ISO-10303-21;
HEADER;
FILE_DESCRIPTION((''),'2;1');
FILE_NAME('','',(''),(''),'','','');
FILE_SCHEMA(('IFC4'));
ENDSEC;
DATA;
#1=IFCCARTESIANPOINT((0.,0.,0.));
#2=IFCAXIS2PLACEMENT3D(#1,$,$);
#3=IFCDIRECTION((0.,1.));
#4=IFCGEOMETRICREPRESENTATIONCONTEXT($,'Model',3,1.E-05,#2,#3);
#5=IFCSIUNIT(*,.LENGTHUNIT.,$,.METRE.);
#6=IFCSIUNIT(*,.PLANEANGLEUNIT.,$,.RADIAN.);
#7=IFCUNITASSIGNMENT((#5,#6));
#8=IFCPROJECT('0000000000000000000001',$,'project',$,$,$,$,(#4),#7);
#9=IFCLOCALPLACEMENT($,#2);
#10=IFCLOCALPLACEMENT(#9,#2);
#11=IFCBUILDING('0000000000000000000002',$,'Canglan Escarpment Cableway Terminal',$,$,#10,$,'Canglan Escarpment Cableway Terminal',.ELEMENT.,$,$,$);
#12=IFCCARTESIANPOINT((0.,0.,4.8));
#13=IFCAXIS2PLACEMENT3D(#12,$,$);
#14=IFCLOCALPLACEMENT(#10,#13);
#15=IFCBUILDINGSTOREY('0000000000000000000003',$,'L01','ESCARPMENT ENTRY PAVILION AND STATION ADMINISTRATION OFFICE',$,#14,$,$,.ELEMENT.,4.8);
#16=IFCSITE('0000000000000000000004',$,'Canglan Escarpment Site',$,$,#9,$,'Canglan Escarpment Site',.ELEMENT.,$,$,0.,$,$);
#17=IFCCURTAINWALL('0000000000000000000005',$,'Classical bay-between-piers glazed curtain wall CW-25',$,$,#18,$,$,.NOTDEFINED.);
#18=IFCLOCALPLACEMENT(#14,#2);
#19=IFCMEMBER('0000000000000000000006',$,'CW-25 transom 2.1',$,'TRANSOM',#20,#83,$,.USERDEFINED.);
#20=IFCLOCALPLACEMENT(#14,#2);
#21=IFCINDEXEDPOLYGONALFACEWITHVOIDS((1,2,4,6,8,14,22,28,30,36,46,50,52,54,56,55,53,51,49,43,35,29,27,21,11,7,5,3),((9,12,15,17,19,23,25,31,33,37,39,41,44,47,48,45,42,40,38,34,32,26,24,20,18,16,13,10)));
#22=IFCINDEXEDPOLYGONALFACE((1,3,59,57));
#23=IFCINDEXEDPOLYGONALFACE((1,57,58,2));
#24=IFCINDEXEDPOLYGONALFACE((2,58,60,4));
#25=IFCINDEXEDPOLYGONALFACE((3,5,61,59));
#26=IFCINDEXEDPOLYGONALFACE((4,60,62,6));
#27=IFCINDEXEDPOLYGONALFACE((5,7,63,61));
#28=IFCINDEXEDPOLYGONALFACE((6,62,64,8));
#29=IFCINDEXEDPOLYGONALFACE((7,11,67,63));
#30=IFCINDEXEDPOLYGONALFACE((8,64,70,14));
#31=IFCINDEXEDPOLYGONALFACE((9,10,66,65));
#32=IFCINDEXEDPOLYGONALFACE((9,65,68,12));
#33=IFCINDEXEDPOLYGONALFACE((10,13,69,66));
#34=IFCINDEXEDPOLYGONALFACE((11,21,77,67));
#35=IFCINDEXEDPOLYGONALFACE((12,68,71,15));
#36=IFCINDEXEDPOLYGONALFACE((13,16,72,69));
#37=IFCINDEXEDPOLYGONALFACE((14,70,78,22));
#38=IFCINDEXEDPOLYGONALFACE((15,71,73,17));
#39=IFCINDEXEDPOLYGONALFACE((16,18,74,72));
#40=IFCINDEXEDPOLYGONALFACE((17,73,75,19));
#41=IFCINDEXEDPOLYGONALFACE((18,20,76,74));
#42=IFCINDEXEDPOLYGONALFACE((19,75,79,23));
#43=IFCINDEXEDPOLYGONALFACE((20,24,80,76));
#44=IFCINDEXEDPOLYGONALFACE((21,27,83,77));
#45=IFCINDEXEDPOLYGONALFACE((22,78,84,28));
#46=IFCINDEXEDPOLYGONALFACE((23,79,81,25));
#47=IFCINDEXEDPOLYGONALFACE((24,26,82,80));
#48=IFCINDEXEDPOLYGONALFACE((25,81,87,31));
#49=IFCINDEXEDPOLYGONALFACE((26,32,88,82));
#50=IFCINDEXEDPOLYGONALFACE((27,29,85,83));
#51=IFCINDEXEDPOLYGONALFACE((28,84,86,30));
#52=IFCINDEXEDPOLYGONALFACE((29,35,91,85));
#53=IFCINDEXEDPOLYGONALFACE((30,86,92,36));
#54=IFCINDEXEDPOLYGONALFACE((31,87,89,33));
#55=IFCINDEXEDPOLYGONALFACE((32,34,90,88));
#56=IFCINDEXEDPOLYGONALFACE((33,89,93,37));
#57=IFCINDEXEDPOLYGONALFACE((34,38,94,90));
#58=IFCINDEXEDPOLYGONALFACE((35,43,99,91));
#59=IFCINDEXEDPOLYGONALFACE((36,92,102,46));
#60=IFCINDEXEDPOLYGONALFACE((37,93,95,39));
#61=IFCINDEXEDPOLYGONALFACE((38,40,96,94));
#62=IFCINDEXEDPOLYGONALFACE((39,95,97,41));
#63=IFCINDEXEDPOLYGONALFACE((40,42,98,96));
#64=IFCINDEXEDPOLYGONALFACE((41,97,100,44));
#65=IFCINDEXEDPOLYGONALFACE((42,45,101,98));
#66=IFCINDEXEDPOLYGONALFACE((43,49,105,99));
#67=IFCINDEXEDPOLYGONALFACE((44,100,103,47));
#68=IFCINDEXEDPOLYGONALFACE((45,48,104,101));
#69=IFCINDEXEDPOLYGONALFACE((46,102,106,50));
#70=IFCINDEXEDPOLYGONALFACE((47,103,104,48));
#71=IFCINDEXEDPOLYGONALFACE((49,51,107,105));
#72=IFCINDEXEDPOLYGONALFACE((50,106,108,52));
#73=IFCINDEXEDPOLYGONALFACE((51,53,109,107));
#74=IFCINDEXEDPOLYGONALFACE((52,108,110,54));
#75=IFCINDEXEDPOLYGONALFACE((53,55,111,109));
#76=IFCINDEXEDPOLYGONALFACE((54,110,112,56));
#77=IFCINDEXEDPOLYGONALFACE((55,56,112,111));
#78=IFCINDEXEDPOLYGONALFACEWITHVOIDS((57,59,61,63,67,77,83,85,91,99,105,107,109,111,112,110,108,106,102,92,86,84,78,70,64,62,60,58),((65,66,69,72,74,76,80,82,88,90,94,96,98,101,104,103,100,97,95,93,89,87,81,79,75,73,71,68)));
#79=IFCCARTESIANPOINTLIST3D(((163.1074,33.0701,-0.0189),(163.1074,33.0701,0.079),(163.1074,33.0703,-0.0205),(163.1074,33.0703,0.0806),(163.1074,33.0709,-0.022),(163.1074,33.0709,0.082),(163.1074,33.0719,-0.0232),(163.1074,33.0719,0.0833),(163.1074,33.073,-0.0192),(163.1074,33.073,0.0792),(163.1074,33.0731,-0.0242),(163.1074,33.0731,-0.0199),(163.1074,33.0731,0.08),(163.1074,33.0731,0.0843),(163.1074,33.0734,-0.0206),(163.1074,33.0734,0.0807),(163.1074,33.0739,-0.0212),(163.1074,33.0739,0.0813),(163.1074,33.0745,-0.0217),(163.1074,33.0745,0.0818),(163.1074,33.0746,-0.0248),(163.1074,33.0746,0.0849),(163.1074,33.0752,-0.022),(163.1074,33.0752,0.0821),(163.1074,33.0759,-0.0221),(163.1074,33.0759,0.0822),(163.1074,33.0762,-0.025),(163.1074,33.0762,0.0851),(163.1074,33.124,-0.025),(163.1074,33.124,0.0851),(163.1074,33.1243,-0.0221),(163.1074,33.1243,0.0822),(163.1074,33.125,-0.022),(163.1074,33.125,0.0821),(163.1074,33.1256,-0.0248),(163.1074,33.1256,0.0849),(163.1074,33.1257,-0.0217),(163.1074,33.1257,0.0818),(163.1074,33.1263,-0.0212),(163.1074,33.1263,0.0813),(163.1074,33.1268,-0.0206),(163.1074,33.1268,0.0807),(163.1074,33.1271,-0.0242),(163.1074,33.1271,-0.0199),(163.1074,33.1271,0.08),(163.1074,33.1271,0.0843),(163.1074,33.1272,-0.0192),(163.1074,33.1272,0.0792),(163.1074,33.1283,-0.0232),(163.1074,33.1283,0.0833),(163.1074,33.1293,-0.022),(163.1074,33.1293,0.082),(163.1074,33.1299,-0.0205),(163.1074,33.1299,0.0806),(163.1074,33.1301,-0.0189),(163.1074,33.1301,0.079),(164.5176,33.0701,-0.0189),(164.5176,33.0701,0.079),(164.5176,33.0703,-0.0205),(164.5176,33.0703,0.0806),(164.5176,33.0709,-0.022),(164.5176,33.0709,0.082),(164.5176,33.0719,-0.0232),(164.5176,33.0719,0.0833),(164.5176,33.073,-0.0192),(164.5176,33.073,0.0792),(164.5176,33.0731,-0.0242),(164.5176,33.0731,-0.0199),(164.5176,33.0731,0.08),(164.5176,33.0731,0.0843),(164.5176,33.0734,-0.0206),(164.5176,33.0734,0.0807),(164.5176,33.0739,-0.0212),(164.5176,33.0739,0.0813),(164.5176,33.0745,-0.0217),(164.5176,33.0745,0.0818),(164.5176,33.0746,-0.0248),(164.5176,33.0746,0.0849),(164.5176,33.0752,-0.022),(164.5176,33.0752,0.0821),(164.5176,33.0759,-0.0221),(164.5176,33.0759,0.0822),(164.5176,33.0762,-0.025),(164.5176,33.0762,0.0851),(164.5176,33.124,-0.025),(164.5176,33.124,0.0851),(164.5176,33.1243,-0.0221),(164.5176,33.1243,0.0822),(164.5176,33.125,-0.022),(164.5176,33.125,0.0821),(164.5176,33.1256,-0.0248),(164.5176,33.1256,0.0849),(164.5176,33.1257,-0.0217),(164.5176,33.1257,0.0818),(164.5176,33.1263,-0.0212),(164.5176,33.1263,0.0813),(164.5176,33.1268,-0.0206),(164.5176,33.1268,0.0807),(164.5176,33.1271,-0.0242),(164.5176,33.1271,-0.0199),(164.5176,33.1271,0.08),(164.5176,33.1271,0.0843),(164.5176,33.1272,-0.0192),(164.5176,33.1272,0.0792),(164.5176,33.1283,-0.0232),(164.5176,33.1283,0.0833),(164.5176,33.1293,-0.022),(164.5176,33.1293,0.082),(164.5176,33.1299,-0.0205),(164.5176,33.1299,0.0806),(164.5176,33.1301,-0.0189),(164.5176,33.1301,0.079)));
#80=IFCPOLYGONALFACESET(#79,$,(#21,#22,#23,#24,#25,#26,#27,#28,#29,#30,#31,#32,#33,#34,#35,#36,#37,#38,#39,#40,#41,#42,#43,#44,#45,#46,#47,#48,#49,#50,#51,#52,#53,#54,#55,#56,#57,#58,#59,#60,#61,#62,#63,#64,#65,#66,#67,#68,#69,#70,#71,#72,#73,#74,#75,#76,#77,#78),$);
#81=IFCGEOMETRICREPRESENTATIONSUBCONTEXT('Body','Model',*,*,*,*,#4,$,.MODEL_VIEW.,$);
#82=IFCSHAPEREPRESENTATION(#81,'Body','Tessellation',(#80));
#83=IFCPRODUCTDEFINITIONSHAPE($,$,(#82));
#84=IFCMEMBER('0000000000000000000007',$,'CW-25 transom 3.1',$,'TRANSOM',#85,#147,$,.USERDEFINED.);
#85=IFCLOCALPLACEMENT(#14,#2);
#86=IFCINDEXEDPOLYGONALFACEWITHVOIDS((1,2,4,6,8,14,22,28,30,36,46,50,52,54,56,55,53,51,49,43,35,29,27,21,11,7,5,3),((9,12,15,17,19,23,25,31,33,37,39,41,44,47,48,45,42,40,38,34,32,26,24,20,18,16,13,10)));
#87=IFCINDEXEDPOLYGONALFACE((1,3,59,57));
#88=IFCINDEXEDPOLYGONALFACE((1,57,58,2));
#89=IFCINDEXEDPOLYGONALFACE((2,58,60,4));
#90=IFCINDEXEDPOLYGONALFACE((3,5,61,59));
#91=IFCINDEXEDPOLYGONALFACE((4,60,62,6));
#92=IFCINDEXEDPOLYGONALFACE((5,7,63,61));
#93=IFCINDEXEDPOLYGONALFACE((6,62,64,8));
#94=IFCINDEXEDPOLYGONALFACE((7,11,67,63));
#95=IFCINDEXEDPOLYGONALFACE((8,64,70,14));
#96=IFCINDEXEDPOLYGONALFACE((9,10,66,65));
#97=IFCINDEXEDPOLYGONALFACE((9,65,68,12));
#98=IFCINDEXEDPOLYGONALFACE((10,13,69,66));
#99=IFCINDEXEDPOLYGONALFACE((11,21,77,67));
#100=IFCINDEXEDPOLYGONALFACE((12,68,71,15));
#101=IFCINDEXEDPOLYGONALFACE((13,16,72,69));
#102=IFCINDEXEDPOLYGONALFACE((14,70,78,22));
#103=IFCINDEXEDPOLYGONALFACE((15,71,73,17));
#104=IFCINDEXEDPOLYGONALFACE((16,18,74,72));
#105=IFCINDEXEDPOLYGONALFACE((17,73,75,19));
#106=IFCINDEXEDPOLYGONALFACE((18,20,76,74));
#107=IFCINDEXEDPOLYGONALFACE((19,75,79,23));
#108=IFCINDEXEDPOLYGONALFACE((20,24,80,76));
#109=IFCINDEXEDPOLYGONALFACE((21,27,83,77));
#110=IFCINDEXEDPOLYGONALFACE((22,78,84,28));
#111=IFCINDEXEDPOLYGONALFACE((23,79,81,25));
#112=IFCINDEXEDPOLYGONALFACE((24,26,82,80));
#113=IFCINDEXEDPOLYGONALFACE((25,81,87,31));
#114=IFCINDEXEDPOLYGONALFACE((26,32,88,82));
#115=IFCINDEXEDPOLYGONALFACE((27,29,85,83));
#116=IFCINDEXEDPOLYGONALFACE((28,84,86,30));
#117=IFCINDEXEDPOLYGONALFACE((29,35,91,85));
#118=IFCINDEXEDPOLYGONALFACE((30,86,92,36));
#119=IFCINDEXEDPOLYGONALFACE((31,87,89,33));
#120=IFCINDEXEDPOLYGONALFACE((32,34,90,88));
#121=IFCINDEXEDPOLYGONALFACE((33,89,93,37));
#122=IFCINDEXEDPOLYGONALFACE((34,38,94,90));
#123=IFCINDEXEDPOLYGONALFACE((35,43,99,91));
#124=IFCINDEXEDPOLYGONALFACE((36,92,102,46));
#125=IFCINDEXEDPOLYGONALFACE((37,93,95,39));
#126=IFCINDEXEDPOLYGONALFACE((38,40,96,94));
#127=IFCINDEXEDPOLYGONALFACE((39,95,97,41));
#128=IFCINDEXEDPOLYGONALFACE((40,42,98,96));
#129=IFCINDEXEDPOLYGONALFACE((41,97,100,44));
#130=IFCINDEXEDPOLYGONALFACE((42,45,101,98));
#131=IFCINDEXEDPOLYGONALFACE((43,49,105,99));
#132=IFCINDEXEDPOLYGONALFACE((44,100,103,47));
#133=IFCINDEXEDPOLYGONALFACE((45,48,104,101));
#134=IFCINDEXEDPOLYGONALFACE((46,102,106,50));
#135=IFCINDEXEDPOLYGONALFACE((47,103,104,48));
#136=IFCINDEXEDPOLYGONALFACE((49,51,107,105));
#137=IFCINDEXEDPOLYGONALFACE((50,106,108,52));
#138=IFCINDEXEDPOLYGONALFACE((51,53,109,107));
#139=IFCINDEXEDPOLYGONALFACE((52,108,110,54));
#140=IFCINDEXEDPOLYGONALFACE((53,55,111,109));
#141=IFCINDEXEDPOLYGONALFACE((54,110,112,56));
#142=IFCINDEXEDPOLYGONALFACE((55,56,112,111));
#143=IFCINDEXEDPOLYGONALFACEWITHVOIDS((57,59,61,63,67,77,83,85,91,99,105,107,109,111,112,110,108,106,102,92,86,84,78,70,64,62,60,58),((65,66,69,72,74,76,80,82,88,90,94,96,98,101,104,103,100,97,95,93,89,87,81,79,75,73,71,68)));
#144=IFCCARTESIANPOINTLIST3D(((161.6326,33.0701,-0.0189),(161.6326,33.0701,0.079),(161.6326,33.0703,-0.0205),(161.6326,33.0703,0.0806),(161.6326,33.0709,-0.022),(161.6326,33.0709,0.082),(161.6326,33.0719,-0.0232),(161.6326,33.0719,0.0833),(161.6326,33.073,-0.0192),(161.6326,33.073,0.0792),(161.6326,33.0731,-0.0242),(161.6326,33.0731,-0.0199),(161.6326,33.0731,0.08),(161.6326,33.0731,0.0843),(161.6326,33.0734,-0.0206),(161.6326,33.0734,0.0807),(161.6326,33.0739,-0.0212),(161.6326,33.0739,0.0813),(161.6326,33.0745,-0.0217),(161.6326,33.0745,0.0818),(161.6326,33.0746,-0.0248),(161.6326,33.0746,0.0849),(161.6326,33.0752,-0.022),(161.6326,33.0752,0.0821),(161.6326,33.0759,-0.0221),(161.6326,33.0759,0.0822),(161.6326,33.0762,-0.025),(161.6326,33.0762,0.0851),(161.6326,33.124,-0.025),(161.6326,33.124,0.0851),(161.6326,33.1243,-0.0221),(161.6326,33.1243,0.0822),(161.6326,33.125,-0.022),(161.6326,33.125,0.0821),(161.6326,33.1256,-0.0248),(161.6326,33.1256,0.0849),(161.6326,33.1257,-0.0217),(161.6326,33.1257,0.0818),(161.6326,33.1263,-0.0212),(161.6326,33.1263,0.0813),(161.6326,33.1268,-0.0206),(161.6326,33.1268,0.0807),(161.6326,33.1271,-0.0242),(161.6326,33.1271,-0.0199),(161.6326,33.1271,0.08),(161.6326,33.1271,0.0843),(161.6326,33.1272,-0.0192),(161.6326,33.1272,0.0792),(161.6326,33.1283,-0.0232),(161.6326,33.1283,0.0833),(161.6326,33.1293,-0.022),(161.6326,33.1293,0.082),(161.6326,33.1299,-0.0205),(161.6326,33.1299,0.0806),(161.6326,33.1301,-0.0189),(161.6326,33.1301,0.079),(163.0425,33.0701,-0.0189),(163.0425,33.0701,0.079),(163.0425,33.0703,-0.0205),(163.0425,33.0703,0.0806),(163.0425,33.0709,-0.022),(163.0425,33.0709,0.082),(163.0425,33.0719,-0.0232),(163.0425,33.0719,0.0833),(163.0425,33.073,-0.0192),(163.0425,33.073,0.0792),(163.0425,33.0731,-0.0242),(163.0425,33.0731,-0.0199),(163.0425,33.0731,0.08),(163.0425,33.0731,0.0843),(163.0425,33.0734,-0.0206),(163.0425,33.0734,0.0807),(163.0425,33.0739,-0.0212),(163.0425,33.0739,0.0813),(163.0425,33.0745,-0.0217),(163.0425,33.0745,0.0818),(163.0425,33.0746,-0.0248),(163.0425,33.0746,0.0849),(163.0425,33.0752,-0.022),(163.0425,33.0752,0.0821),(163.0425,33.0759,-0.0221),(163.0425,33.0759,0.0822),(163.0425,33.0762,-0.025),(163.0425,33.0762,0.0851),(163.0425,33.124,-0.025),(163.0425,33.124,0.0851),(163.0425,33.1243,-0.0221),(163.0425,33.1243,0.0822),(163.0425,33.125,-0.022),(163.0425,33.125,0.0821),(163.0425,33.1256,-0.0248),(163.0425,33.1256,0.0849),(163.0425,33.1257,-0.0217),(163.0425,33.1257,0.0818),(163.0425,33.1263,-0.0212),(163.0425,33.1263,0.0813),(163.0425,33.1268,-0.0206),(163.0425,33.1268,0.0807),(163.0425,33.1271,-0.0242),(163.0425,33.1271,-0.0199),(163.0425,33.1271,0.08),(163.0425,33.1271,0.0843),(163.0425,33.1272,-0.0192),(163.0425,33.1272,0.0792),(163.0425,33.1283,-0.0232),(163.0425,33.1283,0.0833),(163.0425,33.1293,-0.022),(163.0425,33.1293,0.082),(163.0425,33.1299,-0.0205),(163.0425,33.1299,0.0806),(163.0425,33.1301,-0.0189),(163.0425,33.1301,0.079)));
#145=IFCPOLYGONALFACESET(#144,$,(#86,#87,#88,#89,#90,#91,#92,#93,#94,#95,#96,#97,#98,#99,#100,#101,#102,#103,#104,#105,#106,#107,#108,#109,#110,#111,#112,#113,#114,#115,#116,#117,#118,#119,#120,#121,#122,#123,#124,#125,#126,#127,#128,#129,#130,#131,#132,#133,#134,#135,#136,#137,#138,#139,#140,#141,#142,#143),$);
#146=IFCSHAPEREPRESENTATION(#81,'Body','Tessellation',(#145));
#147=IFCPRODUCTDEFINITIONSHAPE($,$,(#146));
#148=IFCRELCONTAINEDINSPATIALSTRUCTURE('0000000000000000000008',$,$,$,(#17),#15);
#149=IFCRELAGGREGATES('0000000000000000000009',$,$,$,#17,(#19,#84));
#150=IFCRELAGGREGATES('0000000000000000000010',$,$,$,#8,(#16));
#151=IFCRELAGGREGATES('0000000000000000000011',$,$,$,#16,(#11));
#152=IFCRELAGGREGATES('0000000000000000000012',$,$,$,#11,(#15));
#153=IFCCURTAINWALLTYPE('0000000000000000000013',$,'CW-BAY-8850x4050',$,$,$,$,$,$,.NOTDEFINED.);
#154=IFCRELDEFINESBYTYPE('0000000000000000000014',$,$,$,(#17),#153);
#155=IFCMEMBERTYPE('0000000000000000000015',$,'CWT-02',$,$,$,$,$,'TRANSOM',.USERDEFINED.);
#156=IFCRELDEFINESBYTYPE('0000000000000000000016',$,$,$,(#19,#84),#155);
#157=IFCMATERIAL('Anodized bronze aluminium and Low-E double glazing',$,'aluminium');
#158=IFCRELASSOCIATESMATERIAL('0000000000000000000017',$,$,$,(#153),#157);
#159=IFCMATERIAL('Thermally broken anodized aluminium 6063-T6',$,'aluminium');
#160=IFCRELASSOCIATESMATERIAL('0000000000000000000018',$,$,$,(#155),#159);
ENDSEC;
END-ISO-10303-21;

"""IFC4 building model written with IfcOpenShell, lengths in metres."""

from ifc_helpers import new_model, si_unit, direction, frame, origin, origin_2d, place, context, subcontext, project, spatial, hollow_rectangle, extrude, material, material_profile, profile_set, type_object, element, aggregate, save


model = new_model("IFC4")

# Units and contexts
model_context = context("Model", 3, precision=1e-05, world=origin(), true_north=direction((0.0, 1.0)))
body_context = subcontext(model_context, "Body", "Model", "MODEL_VIEW")
ifc_project = project(units=[si_unit("LENGTHUNIT", "METRE"), si_unit("PLANEANGLEUNIT", "RADIAN")], contexts=[model_context])

# Site, building, storey
site_placement = place(None, origin())
site = spatial("IfcSite", under=ifc_project, at=site_placement, Name="Canglan Escarpment Site", LongName="Canglan Escarpment Site", CompositionType="ELEMENT", RefElevation=0.0)
building_placement = place(site_placement, origin())
building = spatial("IfcBuilding", under=site, at=building_placement, Name="Canglan Escarpment Cableway Terminal", LongName="Canglan Escarpment Cableway Terminal", CompositionType="ELEMENT")
storey_placement = place(building_placement, frame((0.0, 0.0, 4.8)))
storey = spatial("IfcBuildingStorey", under=building, at=storey_placement, Name="L01", Description="ESCARPMENT ENTRY PAVILION AND STATION ADMINISTRATION OFFICE", CompositionType="ELEMENT", Elevation=4.8)

# Curtain wall, members
ifc_material_1 = material(Name="Anodized bronze aluminium and Low-E double glazing", Category="aluminium")
curtain_wall_type = type_object("IfcCurtainWallType", Name="CW-BAY-8850x4050", PredefinedType="NOTDEFINED", material=ifc_material_1)
curtain_wall_placement = place(storey_placement, origin())
curtain_wall = element("IfcCurtainWall", 1, at=curtain_wall_placement, inside=storey, type_object=curtain_wall_type, Name="Classical bay-between-piers glazed curtain wall CW-25", PredefinedType="NOTDEFINED")
ifc_material_2 = material(Name="Thermally broken anodized aluminium 6063-T6", Category="aluminium")
ifc_material_profile_1 = material_profile(ifc_material_2, hollow_rectangle(XDim=0.0601, YDim=0.1101, WallThickness=0.0029, InnerFilletRadius=0.0029, OuterFilletRadius=0.0061, at=origin_2d()), Name="ALU-TRAN 60x110x3")
ifc_profile_set_1 = profile_set([ifc_material_profile_1], Name="Thermally broken anodized aluminium 6063-T6")
member_type_1 = type_object("IfcMemberType", Name="CWT-02", ElementType="TRANSOM", PredefinedType="USERDEFINED", material=ifc_profile_set_1)
member_1_placement = place(storey_placement, frame((164.5176, 33.1001, 0.03), z_axis=(-1.0, 0.0, 0.0), x_axis=(0.0, -1.0, 0.0)))
member_1 = element("IfcMember", 2, at=member_1_placement, type_object=member_type_1, Name="CW-25 transom 2.1", ObjectType="TRANSOM", PredefinedType="USERDEFINED", context=body_context, shape_type="SweptSolid", body=[
    extrude(hollow_rectangle(XDim=0.0601, YDim=0.1101, WallThickness=0.0029, InnerFilletRadius=0.0029, OuterFilletRadius=0.0061, at=origin_2d()), origin(), (0.0, 0.0, 1.0), 1.4102),
])
member_2_placement = place(storey_placement, frame((163.0425, 33.1001, 0.03), z_axis=(-1.0, 0.0, 0.0), x_axis=(0.0, -1.0, 0.0)))
member_2 = element("IfcMember", 3, at=member_2_placement, type_object=member_type_1, Name="CW-25 transom 3.1", ObjectType="TRANSOM", PredefinedType="USERDEFINED", context=body_context, shape_type="SweptSolid", body=[
    extrude(hollow_rectangle(XDim=0.0601, YDim=0.1101, WallThickness=0.0029, InnerFilletRadius=0.0029, OuterFilletRadius=0.0061, at=origin_2d()), origin(), (0.0, 0.0, 1.0), 1.4099),
])
aggregate(curtain_wall, [member_1, member_2])

save(model, "model.ifc")
